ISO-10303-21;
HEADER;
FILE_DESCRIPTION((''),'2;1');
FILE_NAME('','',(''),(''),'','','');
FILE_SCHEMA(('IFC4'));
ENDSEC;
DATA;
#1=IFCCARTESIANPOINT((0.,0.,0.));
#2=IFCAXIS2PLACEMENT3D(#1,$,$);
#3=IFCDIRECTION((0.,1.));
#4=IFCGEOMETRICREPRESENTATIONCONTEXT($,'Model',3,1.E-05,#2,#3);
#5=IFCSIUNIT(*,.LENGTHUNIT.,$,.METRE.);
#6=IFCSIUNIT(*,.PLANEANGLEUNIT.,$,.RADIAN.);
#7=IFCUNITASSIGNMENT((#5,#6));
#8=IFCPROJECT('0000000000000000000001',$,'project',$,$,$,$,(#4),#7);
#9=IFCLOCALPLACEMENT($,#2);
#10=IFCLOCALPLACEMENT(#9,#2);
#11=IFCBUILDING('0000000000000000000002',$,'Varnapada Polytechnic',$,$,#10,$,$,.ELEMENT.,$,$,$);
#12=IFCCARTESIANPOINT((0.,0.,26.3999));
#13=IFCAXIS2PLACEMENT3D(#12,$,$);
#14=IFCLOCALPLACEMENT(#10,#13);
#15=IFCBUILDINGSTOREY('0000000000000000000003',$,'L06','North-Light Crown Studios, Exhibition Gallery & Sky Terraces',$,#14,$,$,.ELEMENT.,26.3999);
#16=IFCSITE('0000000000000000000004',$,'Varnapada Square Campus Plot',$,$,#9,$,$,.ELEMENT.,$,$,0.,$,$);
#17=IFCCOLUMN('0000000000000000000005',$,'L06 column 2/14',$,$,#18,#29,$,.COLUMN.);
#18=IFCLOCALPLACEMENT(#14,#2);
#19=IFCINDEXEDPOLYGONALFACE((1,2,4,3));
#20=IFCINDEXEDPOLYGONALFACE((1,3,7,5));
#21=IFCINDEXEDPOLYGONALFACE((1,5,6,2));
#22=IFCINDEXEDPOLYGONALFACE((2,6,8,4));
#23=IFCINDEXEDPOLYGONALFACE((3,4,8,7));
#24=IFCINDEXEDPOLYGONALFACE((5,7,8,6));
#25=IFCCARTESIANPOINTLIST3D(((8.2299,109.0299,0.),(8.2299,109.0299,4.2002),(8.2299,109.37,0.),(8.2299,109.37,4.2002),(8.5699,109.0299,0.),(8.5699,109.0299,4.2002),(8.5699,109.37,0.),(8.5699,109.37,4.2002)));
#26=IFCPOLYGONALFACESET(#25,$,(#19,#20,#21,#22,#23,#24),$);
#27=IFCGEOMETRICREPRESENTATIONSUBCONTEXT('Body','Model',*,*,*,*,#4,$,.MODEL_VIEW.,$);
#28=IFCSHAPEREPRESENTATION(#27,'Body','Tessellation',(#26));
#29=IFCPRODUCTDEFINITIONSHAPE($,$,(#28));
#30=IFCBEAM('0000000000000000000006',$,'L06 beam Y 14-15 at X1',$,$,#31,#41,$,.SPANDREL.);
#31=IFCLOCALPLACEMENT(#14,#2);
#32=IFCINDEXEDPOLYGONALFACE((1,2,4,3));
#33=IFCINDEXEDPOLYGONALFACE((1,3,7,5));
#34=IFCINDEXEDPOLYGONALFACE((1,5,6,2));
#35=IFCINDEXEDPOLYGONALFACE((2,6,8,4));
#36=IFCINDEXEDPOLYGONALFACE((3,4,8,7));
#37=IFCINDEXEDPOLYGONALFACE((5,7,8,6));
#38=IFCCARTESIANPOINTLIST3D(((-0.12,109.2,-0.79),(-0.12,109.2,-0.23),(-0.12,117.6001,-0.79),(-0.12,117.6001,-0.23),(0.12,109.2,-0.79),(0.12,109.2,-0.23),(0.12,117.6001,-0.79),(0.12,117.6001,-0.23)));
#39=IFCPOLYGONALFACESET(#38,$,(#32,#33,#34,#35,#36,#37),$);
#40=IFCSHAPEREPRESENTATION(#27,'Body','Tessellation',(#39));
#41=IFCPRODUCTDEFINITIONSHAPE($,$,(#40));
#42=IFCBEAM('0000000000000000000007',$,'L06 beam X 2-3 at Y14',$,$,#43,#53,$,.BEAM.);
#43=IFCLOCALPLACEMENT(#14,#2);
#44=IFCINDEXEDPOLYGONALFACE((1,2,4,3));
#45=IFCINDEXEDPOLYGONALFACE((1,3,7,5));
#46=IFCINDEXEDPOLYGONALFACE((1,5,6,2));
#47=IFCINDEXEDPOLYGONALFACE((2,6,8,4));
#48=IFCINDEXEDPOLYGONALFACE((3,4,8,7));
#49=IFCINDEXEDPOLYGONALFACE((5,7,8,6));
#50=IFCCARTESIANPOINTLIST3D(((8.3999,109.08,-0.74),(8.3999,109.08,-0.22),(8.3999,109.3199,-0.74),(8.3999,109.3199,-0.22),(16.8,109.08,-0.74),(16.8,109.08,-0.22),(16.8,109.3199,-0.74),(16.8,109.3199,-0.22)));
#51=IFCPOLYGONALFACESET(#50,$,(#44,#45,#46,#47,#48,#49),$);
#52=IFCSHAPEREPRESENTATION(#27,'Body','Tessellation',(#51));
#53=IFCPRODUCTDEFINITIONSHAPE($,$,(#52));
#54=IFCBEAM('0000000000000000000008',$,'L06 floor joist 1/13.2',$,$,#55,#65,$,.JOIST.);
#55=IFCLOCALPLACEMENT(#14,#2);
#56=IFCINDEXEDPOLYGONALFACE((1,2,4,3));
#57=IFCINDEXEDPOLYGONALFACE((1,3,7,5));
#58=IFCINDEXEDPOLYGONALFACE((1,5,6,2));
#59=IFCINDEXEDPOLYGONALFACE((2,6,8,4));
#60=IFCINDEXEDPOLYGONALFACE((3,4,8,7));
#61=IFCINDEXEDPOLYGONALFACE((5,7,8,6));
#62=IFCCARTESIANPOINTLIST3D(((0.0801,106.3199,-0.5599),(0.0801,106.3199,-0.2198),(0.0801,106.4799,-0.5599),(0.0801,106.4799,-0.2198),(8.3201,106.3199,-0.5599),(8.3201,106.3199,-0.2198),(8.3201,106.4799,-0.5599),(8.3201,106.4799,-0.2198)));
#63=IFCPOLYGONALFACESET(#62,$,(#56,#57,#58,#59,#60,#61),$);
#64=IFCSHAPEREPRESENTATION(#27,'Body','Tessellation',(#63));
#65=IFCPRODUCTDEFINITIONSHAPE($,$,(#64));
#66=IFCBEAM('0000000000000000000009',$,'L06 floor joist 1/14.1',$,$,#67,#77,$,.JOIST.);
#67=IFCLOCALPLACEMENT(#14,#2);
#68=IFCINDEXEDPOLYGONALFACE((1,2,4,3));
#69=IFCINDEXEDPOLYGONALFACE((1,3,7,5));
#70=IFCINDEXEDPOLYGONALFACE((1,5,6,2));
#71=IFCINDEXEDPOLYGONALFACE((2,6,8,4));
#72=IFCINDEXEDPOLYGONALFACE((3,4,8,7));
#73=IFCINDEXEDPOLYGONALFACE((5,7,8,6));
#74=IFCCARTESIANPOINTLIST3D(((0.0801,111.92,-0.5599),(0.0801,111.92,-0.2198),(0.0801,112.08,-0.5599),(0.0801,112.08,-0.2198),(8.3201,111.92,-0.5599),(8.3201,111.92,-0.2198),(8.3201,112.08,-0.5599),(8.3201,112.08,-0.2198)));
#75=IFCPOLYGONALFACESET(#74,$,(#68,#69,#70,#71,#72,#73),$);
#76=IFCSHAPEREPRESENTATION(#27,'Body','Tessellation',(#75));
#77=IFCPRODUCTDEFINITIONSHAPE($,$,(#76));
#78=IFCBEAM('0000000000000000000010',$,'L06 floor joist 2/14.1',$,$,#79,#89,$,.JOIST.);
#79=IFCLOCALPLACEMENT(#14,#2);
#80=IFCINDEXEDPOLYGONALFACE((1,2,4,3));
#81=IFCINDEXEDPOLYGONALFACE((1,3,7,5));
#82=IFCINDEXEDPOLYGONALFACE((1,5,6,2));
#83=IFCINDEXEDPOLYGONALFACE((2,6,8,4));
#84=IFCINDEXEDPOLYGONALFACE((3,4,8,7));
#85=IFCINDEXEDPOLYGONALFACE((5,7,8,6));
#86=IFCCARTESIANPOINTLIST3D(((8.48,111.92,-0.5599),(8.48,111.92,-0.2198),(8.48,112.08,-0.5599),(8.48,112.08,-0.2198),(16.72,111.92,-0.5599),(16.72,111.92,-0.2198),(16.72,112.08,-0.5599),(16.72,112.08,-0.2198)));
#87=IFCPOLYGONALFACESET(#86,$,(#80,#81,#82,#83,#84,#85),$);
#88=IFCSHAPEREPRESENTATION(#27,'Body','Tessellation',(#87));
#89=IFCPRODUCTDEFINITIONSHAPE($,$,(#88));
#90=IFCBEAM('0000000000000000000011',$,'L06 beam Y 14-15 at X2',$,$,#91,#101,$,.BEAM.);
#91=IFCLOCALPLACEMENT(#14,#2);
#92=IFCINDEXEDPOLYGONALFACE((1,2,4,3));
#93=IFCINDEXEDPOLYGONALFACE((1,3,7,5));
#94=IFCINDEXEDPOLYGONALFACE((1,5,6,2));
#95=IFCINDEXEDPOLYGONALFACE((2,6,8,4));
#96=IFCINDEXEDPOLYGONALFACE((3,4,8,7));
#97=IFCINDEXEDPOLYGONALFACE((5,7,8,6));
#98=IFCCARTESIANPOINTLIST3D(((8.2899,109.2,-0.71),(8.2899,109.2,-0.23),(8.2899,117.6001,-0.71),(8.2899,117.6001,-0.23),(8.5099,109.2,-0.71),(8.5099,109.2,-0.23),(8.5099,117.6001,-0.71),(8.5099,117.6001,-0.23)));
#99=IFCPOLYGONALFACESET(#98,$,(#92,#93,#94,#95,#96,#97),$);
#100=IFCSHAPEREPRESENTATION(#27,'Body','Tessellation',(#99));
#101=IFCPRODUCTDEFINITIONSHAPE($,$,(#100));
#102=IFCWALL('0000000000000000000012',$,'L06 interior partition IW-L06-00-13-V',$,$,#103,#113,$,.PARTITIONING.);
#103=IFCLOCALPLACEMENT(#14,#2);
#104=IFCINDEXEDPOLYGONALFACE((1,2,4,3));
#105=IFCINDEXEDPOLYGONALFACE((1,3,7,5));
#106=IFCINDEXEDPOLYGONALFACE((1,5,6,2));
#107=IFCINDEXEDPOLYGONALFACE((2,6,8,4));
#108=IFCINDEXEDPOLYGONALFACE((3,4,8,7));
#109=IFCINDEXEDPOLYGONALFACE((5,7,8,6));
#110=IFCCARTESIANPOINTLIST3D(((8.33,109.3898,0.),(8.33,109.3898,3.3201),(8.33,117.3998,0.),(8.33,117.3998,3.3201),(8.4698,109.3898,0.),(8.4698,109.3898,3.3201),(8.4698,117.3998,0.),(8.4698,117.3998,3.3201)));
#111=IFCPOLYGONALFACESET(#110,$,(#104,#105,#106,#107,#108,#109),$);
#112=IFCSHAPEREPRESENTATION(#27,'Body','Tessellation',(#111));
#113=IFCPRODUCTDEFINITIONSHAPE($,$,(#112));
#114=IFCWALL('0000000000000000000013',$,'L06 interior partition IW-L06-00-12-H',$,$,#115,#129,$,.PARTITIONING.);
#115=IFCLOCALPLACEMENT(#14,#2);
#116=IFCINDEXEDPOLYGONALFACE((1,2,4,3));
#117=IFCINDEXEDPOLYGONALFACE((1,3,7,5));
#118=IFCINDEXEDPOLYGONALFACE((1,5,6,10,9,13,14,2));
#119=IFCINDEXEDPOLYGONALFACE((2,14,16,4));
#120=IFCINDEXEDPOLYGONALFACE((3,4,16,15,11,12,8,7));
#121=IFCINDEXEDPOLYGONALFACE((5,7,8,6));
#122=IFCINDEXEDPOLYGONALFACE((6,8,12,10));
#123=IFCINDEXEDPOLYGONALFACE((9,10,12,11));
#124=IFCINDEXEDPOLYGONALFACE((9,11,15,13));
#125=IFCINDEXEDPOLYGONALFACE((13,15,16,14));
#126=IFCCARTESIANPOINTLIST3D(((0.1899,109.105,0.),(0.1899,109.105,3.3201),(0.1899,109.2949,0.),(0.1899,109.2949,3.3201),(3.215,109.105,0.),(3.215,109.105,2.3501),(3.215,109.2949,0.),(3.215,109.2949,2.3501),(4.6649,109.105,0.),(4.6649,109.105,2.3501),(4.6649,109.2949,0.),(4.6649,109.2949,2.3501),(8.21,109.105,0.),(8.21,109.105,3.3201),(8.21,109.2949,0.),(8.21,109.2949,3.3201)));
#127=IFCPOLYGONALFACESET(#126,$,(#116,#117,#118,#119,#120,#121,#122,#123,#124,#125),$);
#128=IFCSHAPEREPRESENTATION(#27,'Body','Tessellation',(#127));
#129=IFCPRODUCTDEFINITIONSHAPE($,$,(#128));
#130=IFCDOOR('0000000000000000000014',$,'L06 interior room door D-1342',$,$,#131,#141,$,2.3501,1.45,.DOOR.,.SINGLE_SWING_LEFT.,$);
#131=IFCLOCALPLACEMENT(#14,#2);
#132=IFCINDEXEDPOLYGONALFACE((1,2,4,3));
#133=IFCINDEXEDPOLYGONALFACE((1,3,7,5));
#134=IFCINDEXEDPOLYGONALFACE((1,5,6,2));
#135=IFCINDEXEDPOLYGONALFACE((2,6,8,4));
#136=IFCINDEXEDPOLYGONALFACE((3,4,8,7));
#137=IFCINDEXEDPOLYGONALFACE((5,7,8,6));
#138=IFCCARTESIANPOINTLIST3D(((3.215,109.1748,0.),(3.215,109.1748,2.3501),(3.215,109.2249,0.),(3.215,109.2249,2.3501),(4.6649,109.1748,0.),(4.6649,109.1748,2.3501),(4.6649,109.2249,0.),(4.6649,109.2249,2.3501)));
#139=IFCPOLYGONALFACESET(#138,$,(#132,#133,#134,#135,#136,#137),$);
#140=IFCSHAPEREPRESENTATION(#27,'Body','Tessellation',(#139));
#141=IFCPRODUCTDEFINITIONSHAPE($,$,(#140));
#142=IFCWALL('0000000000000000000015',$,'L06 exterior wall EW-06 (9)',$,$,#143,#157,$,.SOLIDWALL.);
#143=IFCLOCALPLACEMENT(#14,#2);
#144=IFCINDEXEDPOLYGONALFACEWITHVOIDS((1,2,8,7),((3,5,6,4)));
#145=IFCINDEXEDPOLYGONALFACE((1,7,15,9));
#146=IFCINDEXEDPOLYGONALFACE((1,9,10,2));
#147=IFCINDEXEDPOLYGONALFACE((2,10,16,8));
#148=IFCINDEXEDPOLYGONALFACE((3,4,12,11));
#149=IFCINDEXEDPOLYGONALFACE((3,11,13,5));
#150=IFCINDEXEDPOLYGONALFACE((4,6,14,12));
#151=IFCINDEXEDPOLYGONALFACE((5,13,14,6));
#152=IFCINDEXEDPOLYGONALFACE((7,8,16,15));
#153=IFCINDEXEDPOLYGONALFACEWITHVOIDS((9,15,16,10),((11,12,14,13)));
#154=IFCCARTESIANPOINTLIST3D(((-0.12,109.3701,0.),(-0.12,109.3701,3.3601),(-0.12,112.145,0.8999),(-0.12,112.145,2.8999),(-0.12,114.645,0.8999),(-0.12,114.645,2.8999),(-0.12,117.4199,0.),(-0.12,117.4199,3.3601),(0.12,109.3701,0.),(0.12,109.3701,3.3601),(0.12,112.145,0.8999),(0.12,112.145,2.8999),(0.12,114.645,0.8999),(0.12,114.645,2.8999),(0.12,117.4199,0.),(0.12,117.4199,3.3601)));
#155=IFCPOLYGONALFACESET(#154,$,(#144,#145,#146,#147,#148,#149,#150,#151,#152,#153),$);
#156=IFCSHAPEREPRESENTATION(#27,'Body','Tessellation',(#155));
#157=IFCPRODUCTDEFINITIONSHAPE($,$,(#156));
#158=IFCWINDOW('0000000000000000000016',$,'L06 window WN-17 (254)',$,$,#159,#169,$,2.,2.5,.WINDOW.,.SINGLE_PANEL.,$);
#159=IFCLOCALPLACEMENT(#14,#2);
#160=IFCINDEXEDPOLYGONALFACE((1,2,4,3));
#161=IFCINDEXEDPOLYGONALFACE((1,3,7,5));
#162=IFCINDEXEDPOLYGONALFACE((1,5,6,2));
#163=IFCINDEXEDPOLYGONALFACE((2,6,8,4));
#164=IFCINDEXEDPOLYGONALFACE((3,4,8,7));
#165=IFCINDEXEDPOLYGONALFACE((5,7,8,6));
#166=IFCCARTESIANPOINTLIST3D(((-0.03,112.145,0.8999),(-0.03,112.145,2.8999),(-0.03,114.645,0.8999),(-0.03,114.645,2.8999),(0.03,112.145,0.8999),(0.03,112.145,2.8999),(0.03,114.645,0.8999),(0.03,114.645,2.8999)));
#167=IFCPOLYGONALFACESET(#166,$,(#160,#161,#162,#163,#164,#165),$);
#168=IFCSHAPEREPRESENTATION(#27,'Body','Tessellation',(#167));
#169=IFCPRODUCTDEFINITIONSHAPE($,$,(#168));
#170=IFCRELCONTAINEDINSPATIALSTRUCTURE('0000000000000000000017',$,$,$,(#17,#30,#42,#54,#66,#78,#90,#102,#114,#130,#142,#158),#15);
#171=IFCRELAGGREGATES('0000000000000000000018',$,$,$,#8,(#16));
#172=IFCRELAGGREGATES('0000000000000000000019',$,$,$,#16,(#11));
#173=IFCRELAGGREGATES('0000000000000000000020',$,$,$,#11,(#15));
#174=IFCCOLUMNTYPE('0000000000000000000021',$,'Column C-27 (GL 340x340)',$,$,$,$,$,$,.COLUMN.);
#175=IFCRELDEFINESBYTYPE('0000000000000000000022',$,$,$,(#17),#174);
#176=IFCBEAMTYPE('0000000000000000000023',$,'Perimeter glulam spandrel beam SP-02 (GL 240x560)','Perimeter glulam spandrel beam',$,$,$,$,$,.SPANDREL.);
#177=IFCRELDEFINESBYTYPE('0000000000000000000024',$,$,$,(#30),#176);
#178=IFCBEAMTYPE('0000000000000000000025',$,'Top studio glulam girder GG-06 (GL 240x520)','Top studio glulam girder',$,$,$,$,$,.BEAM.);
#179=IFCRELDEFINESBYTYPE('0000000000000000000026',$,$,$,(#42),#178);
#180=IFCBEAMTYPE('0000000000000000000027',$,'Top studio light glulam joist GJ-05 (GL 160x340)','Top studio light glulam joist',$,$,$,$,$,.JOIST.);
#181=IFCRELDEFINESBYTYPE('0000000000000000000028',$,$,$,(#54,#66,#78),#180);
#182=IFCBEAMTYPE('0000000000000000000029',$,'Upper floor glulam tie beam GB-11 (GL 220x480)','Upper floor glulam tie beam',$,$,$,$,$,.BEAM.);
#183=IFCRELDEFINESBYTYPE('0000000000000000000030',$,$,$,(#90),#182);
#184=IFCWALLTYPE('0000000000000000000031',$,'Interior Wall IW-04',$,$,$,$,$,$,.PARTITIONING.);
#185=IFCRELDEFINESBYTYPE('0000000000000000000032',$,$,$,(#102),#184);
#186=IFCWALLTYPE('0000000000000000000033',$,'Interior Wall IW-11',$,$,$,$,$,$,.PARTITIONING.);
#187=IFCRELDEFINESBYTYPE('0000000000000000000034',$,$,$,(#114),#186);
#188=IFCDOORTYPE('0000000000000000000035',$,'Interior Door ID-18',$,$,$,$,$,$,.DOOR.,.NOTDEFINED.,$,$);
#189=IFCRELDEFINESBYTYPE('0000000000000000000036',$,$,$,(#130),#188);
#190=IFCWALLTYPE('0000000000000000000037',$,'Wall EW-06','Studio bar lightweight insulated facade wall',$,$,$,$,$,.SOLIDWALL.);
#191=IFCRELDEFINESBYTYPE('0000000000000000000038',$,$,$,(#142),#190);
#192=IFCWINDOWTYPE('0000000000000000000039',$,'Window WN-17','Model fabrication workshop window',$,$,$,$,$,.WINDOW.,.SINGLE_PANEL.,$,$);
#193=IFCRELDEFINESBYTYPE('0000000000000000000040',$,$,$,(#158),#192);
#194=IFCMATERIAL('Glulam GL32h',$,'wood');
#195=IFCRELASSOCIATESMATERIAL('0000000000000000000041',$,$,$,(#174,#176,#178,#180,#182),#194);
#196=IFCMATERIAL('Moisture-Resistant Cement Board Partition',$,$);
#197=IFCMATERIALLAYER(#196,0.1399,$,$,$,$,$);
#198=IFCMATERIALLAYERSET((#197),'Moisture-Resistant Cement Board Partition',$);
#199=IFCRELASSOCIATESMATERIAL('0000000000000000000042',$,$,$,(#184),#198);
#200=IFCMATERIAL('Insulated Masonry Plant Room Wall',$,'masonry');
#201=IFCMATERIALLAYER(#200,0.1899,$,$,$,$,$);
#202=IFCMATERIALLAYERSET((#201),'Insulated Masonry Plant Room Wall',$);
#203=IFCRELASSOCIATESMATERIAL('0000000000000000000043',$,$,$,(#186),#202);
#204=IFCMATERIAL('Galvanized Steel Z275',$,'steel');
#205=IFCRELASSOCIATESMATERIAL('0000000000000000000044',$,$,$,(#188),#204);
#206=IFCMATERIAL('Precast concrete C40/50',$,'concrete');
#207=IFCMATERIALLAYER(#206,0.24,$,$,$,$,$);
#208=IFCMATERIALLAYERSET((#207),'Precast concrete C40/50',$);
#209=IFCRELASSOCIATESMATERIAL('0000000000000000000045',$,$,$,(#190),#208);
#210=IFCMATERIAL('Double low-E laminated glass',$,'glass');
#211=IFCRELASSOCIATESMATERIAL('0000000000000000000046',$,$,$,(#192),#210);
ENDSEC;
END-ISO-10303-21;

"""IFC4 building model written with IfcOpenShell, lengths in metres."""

from ifc_helpers import new_model, si_unit, direction, frame, frame_2d, origin, origin_2d, place, context, subcontext, project, spatial, rectangle, extrude, material, layer, layer_set, material_profile, profile_set, type_object, element, fill, save


model = new_model("IFC4")

# Units and contexts
model_context = context("Model", 3, precision=1e-05, world=origin(), true_north=direction((0.0, 1.0)))
body_context = subcontext(model_context, "Body", "Model", "MODEL_VIEW")
ifc_project = project(units=[si_unit("LENGTHUNIT", "METRE"), si_unit("PLANEANGLEUNIT", "RADIAN")], contexts=[model_context])

# Site, building, storey
site_placement = place(None, origin())
site = spatial("IfcSite", under=ifc_project, at=site_placement, Name="Varnapada Square Campus Plot", CompositionType="ELEMENT", RefElevation=0.0)
building_placement = place(site_placement, origin())
building = spatial("IfcBuilding", under=site, at=building_placement, Name="Varnapada Polytechnic", CompositionType="ELEMENT")
storey_placement = place(building_placement, frame((0.0, 0.0, 26.3999)))
storey = spatial("IfcBuildingStorey", under=building, at=storey_placement, Name="L06", Description="North-Light Crown Studios, Exhibition Gallery & Sky Terraces", CompositionType="ELEMENT", Elevation=26.3999)

# Column
ifc_material_1 = material(Name="Glulam GL32h", Category="wood")
ifc_material_profile_1 = material_profile(ifc_material_1, rectangle(XDim=0.3401, YDim=0.3401, at=origin_2d()), Name="GL 340x340")
ifc_profile_set_1 = profile_set([ifc_material_profile_1], Name="Glulam GL32h")
column_type = type_object("IfcColumnType", Name="Column C-27 (GL 340x340)", PredefinedType="COLUMN", material=ifc_profile_set_1)
column_placement = place(storey_placement, frame((8.3999, 109.2, 0.0), z_axis=(0.0, 0.0, 1.0), x_axis=(1.0, 0.0, 0.0)))
element("IfcColumn", 1, at=column_placement, inside=storey, type_object=column_type, Name="L06 column 2/14", PredefinedType="COLUMN", context=body_context, shape_type="SweptSolid", body=[
    extrude(rectangle(XDim=0.3401, YDim=0.3401, at=origin_2d()), origin(), (0.0, 0.0, 1.0), 4.2002),
])

# Beams
ifc_material_profile_2 = material_profile(ifc_material_1, rectangle(XDim=0.24, YDim=0.5601, at=origin_2d()), Name="GL 240x560")
ifc_profile_set_2 = profile_set([ifc_material_profile_2], Name="Glulam GL32h")
beam_type_1 = type_object("IfcBeamType", Name="Perimeter glulam spandrel beam SP-02 (GL 240x560)", Description="Perimeter glulam spandrel beam", PredefinedType="SPANDREL", material=ifc_profile_set_2)
beam_1_placement = place(storey_placement, frame((0.0, 109.2, -0.51), z_axis=(0.0, 1.0, 0.0), x_axis=(-1.0, 0.0, 0.0)))
element("IfcBeam", 2, at=beam_1_placement, inside=storey, type_object=beam_type_1, Name="L06 beam Y 14-15 at X1", PredefinedType="SPANDREL", context=body_context, shape_type="SweptSolid", body=[
    extrude(rectangle(XDim=0.24, YDim=0.5601, at=origin_2d()), origin(), (0.0, 0.0, 1.0), 8.4001),
])
ifc_material_profile_3 = material_profile(ifc_material_1, rectangle(XDim=0.24, YDim=0.52, at=origin_2d()), Name="GL 240x520")
ifc_profile_set_3 = profile_set([ifc_material_profile_3], Name="Glulam GL32h")
beam_type_2 = type_object("IfcBeamType", Name="Top studio glulam girder GG-06 (GL 240x520)", Description="Top studio glulam girder", PredefinedType="BEAM", material=ifc_profile_set_3)
beam_2_placement = place(storey_placement, frame((8.3999, 109.2, -0.48), z_axis=(1.0, 0.0, 0.0), x_axis=(0.0, 1.0, 0.0)))
element("IfcBeam", 3, at=beam_2_placement, inside=storey, type_object=beam_type_2, Name="L06 beam X 2-3 at Y14", PredefinedType="BEAM", context=body_context, shape_type="SweptSolid", body=[
    extrude(rectangle(XDim=0.24, YDim=0.52, at=origin_2d()), origin(), (0.0, 0.0, 1.0), 8.4001),
])
ifc_material_profile_4 = material_profile(ifc_material_1, rectangle(XDim=0.1599, YDim=0.3401, at=origin_2d()), Name="GL 160x340")
ifc_profile_set_4 = profile_set([ifc_material_profile_4], Name="Glulam GL32h")
beam_type_3 = type_object("IfcBeamType", Name="Top studio light glulam joist GJ-05 (GL 160x340)", Description="Top studio light glulam joist", PredefinedType="JOIST", material=ifc_profile_set_4)
for number, where, z_axis, x_axis, name in (
    (4, (0.0801, 106.3999, -0.3899), (1.0, 0.0, 0.0), (0.0, 1.0, 0.0), "L06 floor joist 1/13.2"),
    (5, (0.0801, 112.0, -0.3899), (1.0, 0.0, 0.0), (0.0, 1.0, 0.0), "L06 floor joist 1/14.1"),
    (6, (8.48, 112.0, -0.3899), (1.0, 0.0, 0.0), (0.0, 1.0, 0.0), "L06 floor joist 2/14.1"),
):
    element("IfcBeam", number, at=place(storey_placement, frame(where, z_axis=z_axis, x_axis=x_axis)), inside=storey, type_object=beam_type_3, Name=name, PredefinedType="JOIST", context=body_context, shape_type="SweptSolid", body=[
        extrude(rectangle(XDim=0.1599, YDim=0.3401, at=origin_2d()), origin(), (0.0, 0.0, 1.0), 8.24),
    ])
ifc_material_profile_5 = material_profile(ifc_material_1, rectangle(XDim=0.22, YDim=0.48, at=origin_2d()), Name="GL 220x480")
ifc_profile_set_5 = profile_set([ifc_material_profile_5], Name="Glulam GL32h")
beam_type_4 = type_object("IfcBeamType", Name="Upper floor glulam tie beam GB-11 (GL 220x480)", Description="Upper floor glulam tie beam", PredefinedType="BEAM", material=ifc_profile_set_5)
beam_3_placement = place(storey_placement, frame((8.3999, 109.2, -0.47), z_axis=(0.0, 1.0, 0.0), x_axis=(-1.0, 0.0, 0.0)))
element("IfcBeam", 7, at=beam_3_placement, inside=storey, type_object=beam_type_4, Name="L06 beam Y 14-15 at X2", PredefinedType="BEAM", context=body_context, shape_type="SweptSolid", body=[
    extrude(rectangle(XDim=0.22, YDim=0.48, at=origin_2d()), origin(), (0.0, 0.0, 1.0), 8.4001),
])

# Wall
ifc_material_2 = material(Name="Moisture-Resistant Cement Board Partition")
ifc_layer_1 = layer(ifc_material_2, 0.1399)
ifc_layer_set_1 = layer_set([ifc_layer_1], Name="Moisture-Resistant Cement Board Partition")
wall_type_1 = type_object("IfcWallType", Name="Interior Wall IW-04", PredefinedType="PARTITIONING", material=ifc_layer_set_1)
wall_1_placement = place(storey_placement, frame((8.3999, 109.3899, 0.0), z_axis=(0.0, 0.0, 1.0), x_axis=(0.0, 1.0, 0.0)))
element("IfcWall", 8, at=wall_1_placement, inside=storey, type_object=wall_type_1, Name="L06 interior partition IW-L06-00-13-V", PredefinedType="PARTITIONING", context=body_context, shape_type="SweptSolid", body=[
    extrude(rectangle(XDim=8.01, YDim=0.1399, at=frame_2d((4.0049, 0.0))), origin(), (0.0, 0.0, 1.0), 3.3201),
])

# Wall, opening, door
ifc_material_3 = material(Name="Insulated Masonry Plant Room Wall", Category="masonry")
ifc_layer_2 = layer(ifc_material_3, 0.1899)
ifc_layer_set_2 = layer_set([ifc_layer_2], Name="Insulated Masonry Plant Room Wall")
wall_type_2 = type_object("IfcWallType", Name="Interior Wall IW-11", PredefinedType="PARTITIONING", material=ifc_layer_set_2)
wall_2_placement = place(storey_placement, frame((0.1899, 109.2, 0.0), z_axis=(0.0, 0.0, 1.0), x_axis=(1.0, 0.0, 0.0)))
wall_2 = element("IfcWall", 9, at=wall_2_placement, inside=storey, type_object=wall_type_2, Name="L06 interior partition IW-L06-00-12-H", PredefinedType="PARTITIONING", context=body_context, shape_type="SweptSolid", body=[
    extrude(rectangle(XDim=8.02, YDim=0.1899, at=frame_2d((4.01, 0.0))), origin(), (0.0, 0.0, 1.0), 3.3201),
])
opening_1_placement = place(wall_2_placement, frame((3.0249, 0.0, 0.0)))
opening_1 = element("IfcOpeningElement", 10, at=opening_1_placement, cuts=wall_2, PredefinedType="OPENING", context=body_context, shape_type="SweptSolid", body=[
    extrude(rectangle(XDim=1.45, YDim=2.3501, at=frame_2d((0.7251, 1.175))), frame((0.0, 0.105, 0.0), z_axis=(0.0, -1.0, 0.0), x_axis=(1.0, 0.0, 0.0)), (0.0, 0.0, 1.0), 0.21),
])
ifc_material_4 = material(Name="Galvanized Steel Z275", Category="steel")
door_type = type_object("IfcDoorType", Name="Interior Door ID-18", OperationType="NOTDEFINED", PredefinedType="DOOR", material=ifc_material_4)
door_placement = place(opening_1_placement, origin())
door = element("IfcDoor", 11, at=door_placement, inside=storey, type_object=door_type, Name="L06 interior room door D-1342", OperationType="SINGLE_SWING_LEFT", OverallHeight=2.3501, OverallWidth=1.45, PredefinedType="DOOR", context=body_context, shape_type="SweptSolid", body=[
    extrude(rectangle(XDim=1.45, YDim=2.3501, at=frame_2d((0.7251, 1.175))), frame((0.0, 0.0249, 0.0), z_axis=(0.0, -1.0, 0.0), x_axis=(1.0, 0.0, 0.0)), (0.0, 0.0, 1.0), 0.05),
])
fill(opening_1, door)

# Wall, opening, window
ifc_material_5 = material(Name="Precast concrete C40/50", Category="concrete")
ifc_layer_3 = layer(ifc_material_5, 0.24)
ifc_layer_set_3 = layer_set([ifc_layer_3], Name="Precast concrete C40/50")
wall_type_3 = type_object("IfcWallType", Name="Wall EW-06", Description="Studio bar lightweight insulated facade wall", PredefinedType="SOLIDWALL", material=ifc_layer_set_3)
wall_3_placement = place(storey_placement, frame((0.0, 109.3701, 0.0), z_axis=(0.0, 0.0, 1.0), x_axis=(0.0, 1.0, 0.0)))
wall_3 = element("IfcWall", 12, at=wall_3_placement, inside=storey, type_object=wall_type_3, Name="L06 exterior wall EW-06 (9)", PredefinedType="SOLIDWALL", context=body_context, shape_type="SweptSolid", body=[
    extrude(rectangle(XDim=8.0498, YDim=0.24, at=frame_2d((4.0249, 0.0))), origin(), (0.0, 0.0, 1.0), 3.3601),
])
opening_2_placement = place(wall_3_placement, frame((2.7749, 0.0, 0.8999)))
opening_2 = element("IfcOpeningElement", 13, at=opening_2_placement, cuts=wall_3, PredefinedType="OPENING", context=body_context, shape_type="SweptSolid", body=[
    extrude(rectangle(XDim=2.5, YDim=2.0, at=frame_2d((1.25, 1.0))), frame((0.0, 0.1299, 0.0), z_axis=(0.0, -1.0, 0.0), x_axis=(1.0, 0.0, 0.0)), (0.0, 0.0, 1.0), 0.26),
])
ifc_material_6 = material(Name="Double low-E laminated glass", Category="glass")
window_type = type_object("IfcWindowType", Name="Window WN-17", Description="Model fabrication workshop window", PartitioningType="SINGLE_PANEL", PredefinedType="WINDOW", material=ifc_material_6)
window_placement = place(opening_2_placement, origin())
window = element("IfcWindow", 14, at=window_placement, inside=storey, type_object=window_type, Name="L06 window WN-17 (254)", OverallHeight=2.0, OverallWidth=2.5, PartitioningType="SINGLE_PANEL", PredefinedType="WINDOW", context=body_context, shape_type="SweptSolid", body=[
    extrude(rectangle(XDim=2.5, YDim=2.0, at=frame_2d((1.25, 1.0))), frame((0.0, 0.03, 0.0), z_axis=(0.0, -1.0, 0.0), x_axis=(1.0, 0.0, 0.0)), (0.0, 0.0, 1.0), 0.0601),
])
fill(opening_2, window)

save(model, "model.ifc")
